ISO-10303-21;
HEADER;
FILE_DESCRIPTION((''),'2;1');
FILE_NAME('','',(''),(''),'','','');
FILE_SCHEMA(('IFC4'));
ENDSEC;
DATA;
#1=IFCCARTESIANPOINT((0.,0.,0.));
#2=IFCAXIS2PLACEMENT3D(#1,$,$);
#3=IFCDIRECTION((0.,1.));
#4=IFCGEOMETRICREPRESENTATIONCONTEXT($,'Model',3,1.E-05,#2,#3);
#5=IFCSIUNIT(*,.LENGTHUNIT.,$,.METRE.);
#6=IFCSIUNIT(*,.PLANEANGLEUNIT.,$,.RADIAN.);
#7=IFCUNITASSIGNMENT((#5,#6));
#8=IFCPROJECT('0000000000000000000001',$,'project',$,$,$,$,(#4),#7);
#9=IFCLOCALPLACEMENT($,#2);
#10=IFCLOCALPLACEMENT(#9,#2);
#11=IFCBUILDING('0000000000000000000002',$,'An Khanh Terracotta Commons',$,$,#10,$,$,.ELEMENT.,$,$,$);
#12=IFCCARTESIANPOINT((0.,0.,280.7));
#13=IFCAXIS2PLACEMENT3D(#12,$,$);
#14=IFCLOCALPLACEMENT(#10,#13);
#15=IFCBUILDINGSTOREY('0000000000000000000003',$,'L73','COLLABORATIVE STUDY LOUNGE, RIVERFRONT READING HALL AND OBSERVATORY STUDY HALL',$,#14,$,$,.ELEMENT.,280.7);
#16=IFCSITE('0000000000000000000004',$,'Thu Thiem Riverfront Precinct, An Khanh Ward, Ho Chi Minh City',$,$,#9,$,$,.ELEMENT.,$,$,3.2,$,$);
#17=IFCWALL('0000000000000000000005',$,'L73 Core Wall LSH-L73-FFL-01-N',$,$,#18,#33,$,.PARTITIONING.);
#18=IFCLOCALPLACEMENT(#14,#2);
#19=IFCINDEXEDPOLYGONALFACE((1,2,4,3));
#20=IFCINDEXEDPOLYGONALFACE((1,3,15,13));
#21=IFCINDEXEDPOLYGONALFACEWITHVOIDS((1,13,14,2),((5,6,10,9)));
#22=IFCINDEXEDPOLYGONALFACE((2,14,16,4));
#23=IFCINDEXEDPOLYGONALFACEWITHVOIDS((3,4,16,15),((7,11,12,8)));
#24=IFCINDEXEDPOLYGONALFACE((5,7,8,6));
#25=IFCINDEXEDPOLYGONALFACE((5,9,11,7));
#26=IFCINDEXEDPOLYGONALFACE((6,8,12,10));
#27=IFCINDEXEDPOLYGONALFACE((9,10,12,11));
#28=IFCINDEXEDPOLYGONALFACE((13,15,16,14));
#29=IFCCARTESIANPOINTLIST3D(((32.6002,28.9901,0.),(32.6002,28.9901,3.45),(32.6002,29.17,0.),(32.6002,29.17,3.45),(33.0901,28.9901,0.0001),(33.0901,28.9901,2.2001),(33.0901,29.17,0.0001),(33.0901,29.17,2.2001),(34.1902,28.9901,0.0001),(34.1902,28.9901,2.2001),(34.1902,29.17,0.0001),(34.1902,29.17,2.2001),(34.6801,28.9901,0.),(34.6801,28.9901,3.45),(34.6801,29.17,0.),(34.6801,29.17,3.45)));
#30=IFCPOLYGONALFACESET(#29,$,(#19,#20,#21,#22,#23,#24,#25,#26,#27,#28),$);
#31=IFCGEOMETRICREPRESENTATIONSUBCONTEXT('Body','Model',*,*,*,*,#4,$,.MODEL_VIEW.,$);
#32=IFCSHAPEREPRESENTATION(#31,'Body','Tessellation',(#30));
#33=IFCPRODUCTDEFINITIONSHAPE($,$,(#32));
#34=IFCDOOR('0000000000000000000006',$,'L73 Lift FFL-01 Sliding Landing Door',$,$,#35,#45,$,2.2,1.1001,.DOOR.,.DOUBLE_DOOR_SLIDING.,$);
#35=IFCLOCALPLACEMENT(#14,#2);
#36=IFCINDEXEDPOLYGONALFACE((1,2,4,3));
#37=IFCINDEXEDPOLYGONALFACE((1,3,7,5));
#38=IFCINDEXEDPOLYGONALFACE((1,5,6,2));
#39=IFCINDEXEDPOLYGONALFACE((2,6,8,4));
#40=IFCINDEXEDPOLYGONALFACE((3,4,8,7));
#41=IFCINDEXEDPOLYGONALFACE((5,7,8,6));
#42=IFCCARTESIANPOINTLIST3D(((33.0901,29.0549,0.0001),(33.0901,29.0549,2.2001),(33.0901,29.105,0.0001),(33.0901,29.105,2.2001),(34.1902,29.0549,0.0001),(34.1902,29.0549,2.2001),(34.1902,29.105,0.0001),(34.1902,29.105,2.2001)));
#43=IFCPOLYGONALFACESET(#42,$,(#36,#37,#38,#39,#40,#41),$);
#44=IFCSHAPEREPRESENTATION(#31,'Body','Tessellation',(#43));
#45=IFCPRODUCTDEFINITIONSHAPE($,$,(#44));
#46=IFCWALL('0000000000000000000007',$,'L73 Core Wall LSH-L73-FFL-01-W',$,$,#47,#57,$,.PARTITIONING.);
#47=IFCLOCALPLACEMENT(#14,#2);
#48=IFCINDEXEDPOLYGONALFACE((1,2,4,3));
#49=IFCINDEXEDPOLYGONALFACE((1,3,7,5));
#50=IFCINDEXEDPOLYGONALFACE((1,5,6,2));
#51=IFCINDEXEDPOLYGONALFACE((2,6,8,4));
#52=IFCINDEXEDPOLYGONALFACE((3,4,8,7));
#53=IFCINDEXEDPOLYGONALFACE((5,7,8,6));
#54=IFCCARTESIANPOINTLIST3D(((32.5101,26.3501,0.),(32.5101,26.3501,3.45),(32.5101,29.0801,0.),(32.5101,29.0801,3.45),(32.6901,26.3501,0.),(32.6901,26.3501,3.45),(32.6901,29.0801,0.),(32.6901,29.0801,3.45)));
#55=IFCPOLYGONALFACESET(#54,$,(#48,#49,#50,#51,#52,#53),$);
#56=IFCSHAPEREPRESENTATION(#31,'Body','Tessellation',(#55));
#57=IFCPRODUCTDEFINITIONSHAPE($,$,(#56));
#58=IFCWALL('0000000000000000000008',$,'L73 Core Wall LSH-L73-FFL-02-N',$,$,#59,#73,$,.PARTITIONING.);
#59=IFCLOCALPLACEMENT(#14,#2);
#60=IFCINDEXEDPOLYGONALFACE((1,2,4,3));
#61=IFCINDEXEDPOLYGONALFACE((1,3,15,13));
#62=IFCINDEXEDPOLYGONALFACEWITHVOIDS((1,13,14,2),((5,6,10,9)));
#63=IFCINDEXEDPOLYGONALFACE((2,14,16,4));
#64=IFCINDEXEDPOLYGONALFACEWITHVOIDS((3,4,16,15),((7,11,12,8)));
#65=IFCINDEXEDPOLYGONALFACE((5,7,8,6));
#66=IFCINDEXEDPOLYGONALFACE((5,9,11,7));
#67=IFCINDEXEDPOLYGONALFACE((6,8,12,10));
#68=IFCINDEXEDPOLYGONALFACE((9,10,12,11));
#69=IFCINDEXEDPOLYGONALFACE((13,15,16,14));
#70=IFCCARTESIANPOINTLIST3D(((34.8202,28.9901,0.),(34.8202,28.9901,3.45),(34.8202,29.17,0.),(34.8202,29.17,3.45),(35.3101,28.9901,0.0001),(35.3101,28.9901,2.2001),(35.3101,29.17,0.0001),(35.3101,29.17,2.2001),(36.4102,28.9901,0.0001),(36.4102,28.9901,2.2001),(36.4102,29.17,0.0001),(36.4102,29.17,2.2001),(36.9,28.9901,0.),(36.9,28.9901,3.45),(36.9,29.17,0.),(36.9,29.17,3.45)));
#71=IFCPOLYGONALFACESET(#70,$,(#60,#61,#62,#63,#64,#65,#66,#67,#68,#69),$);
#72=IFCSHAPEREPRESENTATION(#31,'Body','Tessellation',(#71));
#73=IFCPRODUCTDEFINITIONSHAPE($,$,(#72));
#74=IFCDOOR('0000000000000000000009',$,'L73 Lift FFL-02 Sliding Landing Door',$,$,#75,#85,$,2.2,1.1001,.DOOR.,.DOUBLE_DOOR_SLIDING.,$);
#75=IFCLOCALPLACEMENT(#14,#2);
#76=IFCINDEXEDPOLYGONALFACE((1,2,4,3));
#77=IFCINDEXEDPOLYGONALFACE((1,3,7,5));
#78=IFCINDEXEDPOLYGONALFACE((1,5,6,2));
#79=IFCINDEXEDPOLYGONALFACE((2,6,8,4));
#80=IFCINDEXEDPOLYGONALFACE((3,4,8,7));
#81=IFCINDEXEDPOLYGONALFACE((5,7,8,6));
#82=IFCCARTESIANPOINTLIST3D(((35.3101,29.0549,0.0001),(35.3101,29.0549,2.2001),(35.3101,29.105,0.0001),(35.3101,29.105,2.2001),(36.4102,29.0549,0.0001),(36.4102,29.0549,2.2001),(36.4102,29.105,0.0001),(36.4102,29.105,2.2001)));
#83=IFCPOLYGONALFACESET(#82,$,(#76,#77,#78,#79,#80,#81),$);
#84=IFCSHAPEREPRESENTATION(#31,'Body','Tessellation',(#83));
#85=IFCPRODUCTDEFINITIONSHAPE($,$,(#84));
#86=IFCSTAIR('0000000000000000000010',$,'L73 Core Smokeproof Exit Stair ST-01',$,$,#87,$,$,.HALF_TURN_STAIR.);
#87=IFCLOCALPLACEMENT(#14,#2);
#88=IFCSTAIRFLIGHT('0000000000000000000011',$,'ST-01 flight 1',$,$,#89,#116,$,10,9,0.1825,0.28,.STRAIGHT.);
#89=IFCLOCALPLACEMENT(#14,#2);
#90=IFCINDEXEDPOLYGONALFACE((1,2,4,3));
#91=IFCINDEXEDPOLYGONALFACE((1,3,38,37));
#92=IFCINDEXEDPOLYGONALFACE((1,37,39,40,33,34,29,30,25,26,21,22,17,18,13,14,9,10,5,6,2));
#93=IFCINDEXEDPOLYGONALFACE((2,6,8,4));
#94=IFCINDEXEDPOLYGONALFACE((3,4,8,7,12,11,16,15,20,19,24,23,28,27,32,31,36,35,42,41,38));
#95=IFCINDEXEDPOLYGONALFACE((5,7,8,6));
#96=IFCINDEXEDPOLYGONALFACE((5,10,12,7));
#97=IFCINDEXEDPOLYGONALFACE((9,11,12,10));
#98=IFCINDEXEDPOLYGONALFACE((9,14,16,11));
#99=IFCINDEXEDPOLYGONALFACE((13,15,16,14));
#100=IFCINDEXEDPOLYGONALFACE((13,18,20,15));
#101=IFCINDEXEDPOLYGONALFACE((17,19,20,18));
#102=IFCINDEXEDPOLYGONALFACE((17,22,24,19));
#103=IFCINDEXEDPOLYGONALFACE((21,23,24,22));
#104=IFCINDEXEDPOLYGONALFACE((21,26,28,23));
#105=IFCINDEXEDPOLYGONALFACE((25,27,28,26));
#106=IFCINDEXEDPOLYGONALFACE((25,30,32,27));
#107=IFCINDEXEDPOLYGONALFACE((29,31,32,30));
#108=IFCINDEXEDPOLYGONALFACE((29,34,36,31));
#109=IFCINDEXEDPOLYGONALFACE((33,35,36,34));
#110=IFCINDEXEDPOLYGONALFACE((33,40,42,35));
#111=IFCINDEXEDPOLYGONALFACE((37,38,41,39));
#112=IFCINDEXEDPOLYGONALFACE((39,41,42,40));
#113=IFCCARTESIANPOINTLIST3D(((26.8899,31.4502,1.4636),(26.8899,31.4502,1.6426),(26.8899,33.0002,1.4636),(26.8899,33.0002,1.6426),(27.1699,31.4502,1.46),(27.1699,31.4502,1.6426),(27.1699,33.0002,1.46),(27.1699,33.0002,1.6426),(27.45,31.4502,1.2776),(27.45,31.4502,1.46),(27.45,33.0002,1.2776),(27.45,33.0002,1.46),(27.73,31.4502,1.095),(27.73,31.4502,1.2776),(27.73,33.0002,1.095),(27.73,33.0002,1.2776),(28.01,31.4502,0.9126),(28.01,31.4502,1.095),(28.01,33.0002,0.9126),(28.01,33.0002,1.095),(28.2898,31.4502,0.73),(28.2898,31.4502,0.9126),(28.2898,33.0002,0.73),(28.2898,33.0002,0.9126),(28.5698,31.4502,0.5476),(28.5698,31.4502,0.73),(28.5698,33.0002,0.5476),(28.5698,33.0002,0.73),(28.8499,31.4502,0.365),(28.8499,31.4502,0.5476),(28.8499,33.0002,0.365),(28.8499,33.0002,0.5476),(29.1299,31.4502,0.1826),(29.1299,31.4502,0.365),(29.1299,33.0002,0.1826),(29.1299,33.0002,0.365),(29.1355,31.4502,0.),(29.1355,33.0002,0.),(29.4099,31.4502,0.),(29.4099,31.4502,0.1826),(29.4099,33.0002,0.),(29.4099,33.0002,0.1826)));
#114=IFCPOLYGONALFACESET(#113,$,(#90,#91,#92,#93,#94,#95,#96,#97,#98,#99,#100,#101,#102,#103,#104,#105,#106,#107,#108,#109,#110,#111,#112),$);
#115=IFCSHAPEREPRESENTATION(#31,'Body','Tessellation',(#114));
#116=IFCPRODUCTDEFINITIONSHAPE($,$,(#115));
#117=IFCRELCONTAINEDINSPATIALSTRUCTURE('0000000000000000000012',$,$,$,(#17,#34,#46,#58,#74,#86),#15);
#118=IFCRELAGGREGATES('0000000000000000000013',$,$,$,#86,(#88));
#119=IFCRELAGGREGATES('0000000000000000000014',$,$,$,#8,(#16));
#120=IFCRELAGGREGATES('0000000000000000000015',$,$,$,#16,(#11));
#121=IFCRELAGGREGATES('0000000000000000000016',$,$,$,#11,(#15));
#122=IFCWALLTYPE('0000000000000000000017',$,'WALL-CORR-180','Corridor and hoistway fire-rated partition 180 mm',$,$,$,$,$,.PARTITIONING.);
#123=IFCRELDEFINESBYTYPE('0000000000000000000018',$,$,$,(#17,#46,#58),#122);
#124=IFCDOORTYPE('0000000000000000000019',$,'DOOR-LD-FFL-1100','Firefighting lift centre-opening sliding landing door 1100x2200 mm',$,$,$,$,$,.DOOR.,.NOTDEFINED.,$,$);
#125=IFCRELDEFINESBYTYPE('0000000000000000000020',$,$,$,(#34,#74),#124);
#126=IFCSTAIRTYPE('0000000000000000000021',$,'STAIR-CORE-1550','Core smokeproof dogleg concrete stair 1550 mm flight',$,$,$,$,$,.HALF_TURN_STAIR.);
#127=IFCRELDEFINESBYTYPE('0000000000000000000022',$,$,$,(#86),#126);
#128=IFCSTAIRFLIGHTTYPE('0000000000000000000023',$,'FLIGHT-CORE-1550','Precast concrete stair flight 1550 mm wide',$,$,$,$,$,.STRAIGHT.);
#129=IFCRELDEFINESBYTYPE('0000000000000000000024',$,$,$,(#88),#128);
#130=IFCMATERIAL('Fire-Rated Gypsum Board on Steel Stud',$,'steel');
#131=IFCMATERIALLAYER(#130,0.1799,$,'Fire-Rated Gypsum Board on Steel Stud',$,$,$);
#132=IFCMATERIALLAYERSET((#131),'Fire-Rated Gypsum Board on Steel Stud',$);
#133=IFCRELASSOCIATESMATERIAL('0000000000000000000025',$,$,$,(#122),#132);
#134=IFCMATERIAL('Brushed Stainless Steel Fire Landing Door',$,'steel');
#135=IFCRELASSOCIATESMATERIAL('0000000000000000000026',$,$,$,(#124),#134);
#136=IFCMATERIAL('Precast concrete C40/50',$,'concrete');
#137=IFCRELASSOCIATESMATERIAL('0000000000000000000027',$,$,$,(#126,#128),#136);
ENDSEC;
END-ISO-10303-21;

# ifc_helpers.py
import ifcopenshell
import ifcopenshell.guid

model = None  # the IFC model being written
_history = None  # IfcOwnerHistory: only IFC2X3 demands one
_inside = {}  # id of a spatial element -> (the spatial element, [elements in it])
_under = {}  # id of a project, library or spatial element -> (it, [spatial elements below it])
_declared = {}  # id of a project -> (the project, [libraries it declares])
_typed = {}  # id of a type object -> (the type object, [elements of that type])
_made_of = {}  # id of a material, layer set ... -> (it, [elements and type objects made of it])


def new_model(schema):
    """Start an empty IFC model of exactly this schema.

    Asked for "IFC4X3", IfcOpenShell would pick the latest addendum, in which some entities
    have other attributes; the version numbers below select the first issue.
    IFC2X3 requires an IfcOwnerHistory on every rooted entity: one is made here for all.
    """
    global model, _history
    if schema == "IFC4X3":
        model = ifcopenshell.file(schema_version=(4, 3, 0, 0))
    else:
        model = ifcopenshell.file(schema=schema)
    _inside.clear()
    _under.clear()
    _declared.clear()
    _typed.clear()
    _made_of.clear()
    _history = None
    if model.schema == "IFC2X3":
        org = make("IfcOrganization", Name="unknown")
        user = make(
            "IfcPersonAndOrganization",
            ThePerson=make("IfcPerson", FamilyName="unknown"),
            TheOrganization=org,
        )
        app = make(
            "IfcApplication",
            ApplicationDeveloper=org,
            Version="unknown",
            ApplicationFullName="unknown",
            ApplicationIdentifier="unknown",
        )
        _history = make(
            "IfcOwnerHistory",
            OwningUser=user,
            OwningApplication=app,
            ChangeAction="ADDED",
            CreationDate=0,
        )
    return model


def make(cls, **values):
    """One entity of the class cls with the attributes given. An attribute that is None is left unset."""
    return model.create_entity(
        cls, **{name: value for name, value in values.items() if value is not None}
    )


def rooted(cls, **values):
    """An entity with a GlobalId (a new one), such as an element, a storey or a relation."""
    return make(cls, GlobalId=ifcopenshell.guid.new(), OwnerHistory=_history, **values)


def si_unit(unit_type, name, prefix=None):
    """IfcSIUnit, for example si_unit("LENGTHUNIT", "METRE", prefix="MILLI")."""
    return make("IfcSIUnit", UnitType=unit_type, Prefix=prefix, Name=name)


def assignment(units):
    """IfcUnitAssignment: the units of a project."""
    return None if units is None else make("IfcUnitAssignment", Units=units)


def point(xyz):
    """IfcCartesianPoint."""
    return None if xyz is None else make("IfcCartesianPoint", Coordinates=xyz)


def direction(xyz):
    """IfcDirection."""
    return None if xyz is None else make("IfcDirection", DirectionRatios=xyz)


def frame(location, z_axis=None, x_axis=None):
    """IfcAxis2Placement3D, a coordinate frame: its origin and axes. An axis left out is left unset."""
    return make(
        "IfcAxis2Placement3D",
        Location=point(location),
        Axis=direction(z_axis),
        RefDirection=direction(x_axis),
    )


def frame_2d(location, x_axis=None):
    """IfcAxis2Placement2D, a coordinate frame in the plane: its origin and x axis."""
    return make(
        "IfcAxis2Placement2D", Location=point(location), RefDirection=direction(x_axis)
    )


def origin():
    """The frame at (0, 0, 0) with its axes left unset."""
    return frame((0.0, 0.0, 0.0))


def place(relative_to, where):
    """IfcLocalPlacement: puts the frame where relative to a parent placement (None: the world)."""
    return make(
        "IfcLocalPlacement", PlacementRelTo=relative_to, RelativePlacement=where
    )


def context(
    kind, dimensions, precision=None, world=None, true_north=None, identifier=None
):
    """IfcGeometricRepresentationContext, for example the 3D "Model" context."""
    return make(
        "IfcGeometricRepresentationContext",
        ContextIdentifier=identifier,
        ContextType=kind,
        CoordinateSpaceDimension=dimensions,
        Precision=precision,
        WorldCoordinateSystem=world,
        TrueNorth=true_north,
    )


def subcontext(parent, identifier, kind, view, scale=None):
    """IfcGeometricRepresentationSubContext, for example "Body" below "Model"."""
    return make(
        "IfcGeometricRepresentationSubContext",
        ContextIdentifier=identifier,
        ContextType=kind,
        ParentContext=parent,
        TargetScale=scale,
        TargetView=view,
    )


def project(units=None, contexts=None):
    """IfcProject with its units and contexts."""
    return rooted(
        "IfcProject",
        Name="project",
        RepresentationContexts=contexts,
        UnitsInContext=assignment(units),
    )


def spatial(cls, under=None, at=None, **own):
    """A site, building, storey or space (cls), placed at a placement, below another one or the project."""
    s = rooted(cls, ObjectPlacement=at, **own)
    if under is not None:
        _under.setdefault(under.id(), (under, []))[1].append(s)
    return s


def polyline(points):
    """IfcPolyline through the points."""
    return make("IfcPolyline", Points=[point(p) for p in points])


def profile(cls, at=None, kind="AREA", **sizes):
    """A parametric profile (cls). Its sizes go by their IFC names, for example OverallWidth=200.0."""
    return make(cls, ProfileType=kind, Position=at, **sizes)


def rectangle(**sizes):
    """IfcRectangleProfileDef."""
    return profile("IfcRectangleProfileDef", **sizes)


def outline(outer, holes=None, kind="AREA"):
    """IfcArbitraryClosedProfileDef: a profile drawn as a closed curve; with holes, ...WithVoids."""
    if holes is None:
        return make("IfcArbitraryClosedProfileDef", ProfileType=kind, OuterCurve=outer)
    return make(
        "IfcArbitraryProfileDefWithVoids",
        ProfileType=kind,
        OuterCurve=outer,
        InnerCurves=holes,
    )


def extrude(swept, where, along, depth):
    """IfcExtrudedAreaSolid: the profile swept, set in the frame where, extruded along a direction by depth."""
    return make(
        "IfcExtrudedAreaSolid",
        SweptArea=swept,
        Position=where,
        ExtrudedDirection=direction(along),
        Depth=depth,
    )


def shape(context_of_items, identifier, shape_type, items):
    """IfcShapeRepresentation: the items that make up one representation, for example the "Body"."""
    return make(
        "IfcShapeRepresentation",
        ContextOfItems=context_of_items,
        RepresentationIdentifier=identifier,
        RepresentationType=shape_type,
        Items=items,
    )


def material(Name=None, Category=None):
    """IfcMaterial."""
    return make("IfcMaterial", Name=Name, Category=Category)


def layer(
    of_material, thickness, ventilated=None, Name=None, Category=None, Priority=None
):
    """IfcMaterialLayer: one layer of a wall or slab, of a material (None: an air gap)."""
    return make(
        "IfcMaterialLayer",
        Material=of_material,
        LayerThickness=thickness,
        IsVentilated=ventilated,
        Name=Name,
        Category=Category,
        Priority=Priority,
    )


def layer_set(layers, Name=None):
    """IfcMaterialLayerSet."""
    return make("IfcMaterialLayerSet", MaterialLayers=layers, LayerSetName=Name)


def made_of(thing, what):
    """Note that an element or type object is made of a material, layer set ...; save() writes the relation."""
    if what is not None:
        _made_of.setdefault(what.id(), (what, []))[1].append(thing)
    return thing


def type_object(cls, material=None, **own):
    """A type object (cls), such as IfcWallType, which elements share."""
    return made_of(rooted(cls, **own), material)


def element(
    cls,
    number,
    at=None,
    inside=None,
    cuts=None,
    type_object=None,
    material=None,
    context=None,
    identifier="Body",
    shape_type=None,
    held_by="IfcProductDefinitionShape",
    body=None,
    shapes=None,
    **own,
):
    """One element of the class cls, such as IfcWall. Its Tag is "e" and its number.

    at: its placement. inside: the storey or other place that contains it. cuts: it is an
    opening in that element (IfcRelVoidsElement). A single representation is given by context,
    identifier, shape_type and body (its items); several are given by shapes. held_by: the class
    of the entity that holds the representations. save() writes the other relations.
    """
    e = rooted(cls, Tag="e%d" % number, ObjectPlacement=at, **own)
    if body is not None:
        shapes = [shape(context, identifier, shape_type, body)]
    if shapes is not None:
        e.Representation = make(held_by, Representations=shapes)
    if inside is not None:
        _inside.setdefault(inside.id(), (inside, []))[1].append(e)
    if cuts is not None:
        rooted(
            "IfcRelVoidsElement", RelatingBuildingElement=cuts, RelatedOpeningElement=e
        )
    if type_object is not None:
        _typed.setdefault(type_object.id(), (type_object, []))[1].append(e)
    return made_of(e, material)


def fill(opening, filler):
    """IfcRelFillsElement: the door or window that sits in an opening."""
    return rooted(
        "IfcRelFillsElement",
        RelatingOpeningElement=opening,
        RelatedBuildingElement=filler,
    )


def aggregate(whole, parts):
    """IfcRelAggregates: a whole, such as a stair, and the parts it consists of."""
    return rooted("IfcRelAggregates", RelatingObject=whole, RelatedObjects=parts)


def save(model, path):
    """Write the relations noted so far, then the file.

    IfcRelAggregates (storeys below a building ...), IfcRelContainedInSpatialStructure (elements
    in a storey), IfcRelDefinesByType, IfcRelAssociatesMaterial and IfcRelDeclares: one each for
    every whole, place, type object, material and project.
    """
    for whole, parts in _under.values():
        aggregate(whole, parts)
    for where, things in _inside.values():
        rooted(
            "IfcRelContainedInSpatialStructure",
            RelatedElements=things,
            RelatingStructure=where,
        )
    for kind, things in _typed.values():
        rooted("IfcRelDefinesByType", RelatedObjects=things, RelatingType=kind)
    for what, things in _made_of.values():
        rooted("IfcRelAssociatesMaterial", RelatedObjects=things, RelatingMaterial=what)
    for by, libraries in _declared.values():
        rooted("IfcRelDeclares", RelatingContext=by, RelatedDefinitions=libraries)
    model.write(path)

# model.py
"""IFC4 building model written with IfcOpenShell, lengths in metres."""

from ifc_helpers import new_model, si_unit, direction, frame, frame_2d, origin, place, context, subcontext, project, spatial, polyline, rectangle, outline, extrude, material, layer, layer_set, type_object, element, fill, aggregate, save


model = new_model("IFC4")

# Units and contexts
model_context = context("Model", 3, precision=1e-05, world=origin(), true_north=direction((0.0, 1.0)))
body_context = subcontext(model_context, "Body", "Model", "MODEL_VIEW")
ifc_project = project(units=[si_unit("LENGTHUNIT", "METRE"), si_unit("PLANEANGLEUNIT", "RADIAN")], contexts=[model_context])

# Site, building, storey
site_placement = place(None, origin())
site = spatial("IfcSite", under=ifc_project, at=site_placement, Name="Thu Thiem Riverfront Precinct, An Khanh Ward, Ho Chi Minh City", CompositionType="ELEMENT", RefElevation=3.2)
building_placement = place(site_placement, origin())
building = spatial("IfcBuilding", under=site, at=building_placement, Name="An Khanh Terracotta Commons", CompositionType="ELEMENT")
storey_placement = place(building_placement, frame((0.0, 0.0, 280.7)))
storey = spatial("IfcBuildingStorey", under=building, at=storey_placement, Name="L73", Description="COLLABORATIVE STUDY LOUNGE, RIVERFRONT READING HALL AND OBSERVATORY STUDY HALL", CompositionType="ELEMENT", Elevation=280.7)

# Shared definitions
ifc_material_1 = material(Name="Fire-Rated Gypsum Board on Steel Stud", Category="steel")
ifc_layer_1 = layer(ifc_material_1, 0.1799, Name="Fire-Rated Gypsum Board on Steel Stud")
ifc_layer_set_1 = layer_set([ifc_layer_1], Name="Fire-Rated Gypsum Board on Steel Stud")
wall_type_1 = type_object("IfcWallType", Name="WALL-CORR-180", Description="Corridor and hoistway fire-rated partition 180 mm", PredefinedType="PARTITIONING", material=ifc_layer_set_1)

# Wall, opening, door
wall_1_placement = place(storey_placement, frame((32.6001, 29.0801, 0.0), z_axis=(0.0, 0.0, 1.0), x_axis=(1.0, 0.0, 0.0)))
wall_1 = element("IfcWall", 1, at=wall_1_placement, inside=storey, type_object=wall_type_1, Name="L73 Core Wall LSH-L73-FFL-01-N", PredefinedType="PARTITIONING", context=body_context, shape_type="SweptSolid", body=[
    extrude(rectangle(XDim=2.0798, YDim=0.1799, at=frame_2d((1.04, 0.0))), origin(), (0.0, 0.0, 1.0), 3.45),
])
opening_1_placement = place(wall_1_placement, frame((0.49, 0.0, 0.0)))
opening_1 = element("IfcOpeningElement", 2, at=opening_1_placement, cuts=wall_1, PredefinedType="OPENING", context=body_context, shape_type="SweptSolid", body=[
    extrude(rectangle(XDim=1.1001, YDim=2.2, at=frame_2d((0.55, 1.1001))), frame((0.0, 0.0999, 0.0), z_axis=(0.0, -1.0, 0.0), x_axis=(1.0, 0.0, 0.0)), (0.0, 0.0, 1.0), 0.2),
])
ifc_material_2 = material(Name="Brushed Stainless Steel Fire Landing Door", Category="steel")
door_type_1 = type_object("IfcDoorType", Name="DOOR-LD-FFL-1100", Description="Firefighting lift centre-opening sliding landing door 1100x2200 mm", OperationType="NOTDEFINED", PredefinedType="DOOR", material=ifc_material_2)
door_1_placement = place(opening_1_placement, origin())
door_1 = element("IfcDoor", 3, at=door_1_placement, inside=storey, type_object=door_type_1, Name="L73 Lift FFL-01 Sliding Landing Door", OperationType="DOUBLE_DOOR_SLIDING", OverallHeight=2.2, OverallWidth=1.1001, PredefinedType="DOOR", context=body_context, shape_type="SweptSolid", body=[
    extrude(rectangle(XDim=1.1001, YDim=2.2, at=frame_2d((0.55, 1.1001))), frame((0.0, 0.0249, 0.0), z_axis=(0.0, -1.0, 0.0), x_axis=(1.0, 0.0, 0.0)), (0.0, 0.0, 1.0), 0.05),
])
fill(opening_1, door_1)

# Wall
wall_2_placement = place(storey_placement, frame((32.6001, 29.0801, 0.0), z_axis=(0.0, 0.0, 1.0), x_axis=(0.0, -1.0, 0.0)))
element("IfcWall", 4, at=wall_2_placement, inside=storey, type_object=wall_type_1, Name="L73 Core Wall LSH-L73-FFL-01-W", PredefinedType="PARTITIONING", context=body_context, shape_type="SweptSolid", body=[
    extrude(rectangle(XDim=2.73, YDim=0.1799, at=frame_2d((1.365, 0.0))), origin(), (0.0, 0.0, 1.0), 3.45),
])

# Wall, opening, door
wall_3_placement = place(storey_placement, frame((34.8201, 29.0801, 0.0), z_axis=(0.0, 0.0, 1.0), x_axis=(1.0, 0.0, 0.0)))
wall_3 = element("IfcWall", 5, at=wall_3_placement, inside=storey, type_object=wall_type_1, Name="L73 Core Wall LSH-L73-FFL-02-N", PredefinedType="PARTITIONING", context=body_context, shape_type="SweptSolid", body=[
    extrude(rectangle(XDim=2.0798, YDim=0.1799, at=frame_2d((1.04, 0.0))), origin(), (0.0, 0.0, 1.0), 3.45),
])
opening_2_placement = place(wall_3_placement, frame((0.49, 0.0, 0.0)))
opening_2 = element("IfcOpeningElement", 6, at=opening_2_placement, cuts=wall_3, PredefinedType="OPENING", context=body_context, shape_type="SweptSolid", body=[
    extrude(rectangle(XDim=1.1001, YDim=2.2, at=frame_2d((0.55, 1.1001))), frame((0.0, 0.0999, 0.0), z_axis=(0.0, -1.0, 0.0), x_axis=(1.0, 0.0, 0.0)), (0.0, 0.0, 1.0), 0.2),
])
door_2_placement = place(opening_2_placement, origin())
door_2 = element("IfcDoor", 7, at=door_2_placement, inside=storey, type_object=door_type_1, Name="L73 Lift FFL-02 Sliding Landing Door", OperationType="DOUBLE_DOOR_SLIDING", OverallHeight=2.2, OverallWidth=1.1001, PredefinedType="DOOR", context=body_context, shape_type="SweptSolid", body=[
    extrude(rectangle(XDim=1.1001, YDim=2.2, at=frame_2d((0.55, 1.1001))), frame((0.0, 0.0249, 0.0), z_axis=(0.0, -1.0, 0.0), x_axis=(1.0, 0.0, 0.0)), (0.0, 0.0, 1.0), 0.05),
])
fill(opening_2, door_2)

# Stair, stair flight
ifc_material_3 = material(Name="Precast concrete C40/50", Category="concrete")
stair_type = type_object("IfcStairType", Name="STAIR-CORE-1550", Description="Core smokeproof dogleg concrete stair 1550 mm flight", PredefinedType="HALF_TURN_STAIR", material=ifc_material_3)
stair_placement = place(storey_placement, origin())
stair = element("IfcStair", 8, at=stair_placement, inside=storey, type_object=stair_type, Name="L73 Core Smokeproof Exit Stair ST-01", PredefinedType="HALF_TURN_STAIR")
stair_flight_type = type_object("IfcStairFlightType", Name="FLIGHT-CORE-1550", Description="Precast concrete stair flight 1550 mm wide", PredefinedType="STRAIGHT", material=ifc_material_3)
stair_flight_placement = place(storey_placement, frame((29.4099, 32.2251, 0.0), z_axis=(0.0, 0.0, 1.0), x_axis=(-1.0, 0.0, 0.0)))
stair_flight = element("IfcStairFlight", 9, at=stair_flight_placement, type_object=stair_flight_type, Name="ST-01 flight 1", NumberOfRisers=10, NumberOfTreads=9, PredefinedType="STRAIGHT", RiserHeight=0.1825, TreadLength=0.28, context=body_context, shape_type="SweptSolid", body=[
    extrude(outline(polyline([(0.0, 0.0), (0.0, 0.1826), (0.28, 0.1826), (0.28, 0.365), (0.5601, 0.365), (0.5601, 0.5476), (0.8401, 0.5476), (0.8401, 0.73), (1.1201, 0.73), (1.1201, 0.9126), (1.3999, 0.9126), (1.3999, 1.095), (1.6799, 1.095), (1.6799, 1.2776), (1.96, 1.2776), (1.96, 1.46), (2.24, 1.46), (2.24, 1.6426), (2.52, 1.6426), (2.52, 1.825), (2.52, 1.4636), (0.2744, 0.0), (0.0, 0.0)])), frame((0.0, 0.7749, 0.0), z_axis=(0.0, -1.0, 0.0), x_axis=(1.0, 0.0, 0.0)), (0.0, 0.0, 1.0), 1.55),
])
aggregate(stair, [stair_flight])

save(model, "model.ifc")
